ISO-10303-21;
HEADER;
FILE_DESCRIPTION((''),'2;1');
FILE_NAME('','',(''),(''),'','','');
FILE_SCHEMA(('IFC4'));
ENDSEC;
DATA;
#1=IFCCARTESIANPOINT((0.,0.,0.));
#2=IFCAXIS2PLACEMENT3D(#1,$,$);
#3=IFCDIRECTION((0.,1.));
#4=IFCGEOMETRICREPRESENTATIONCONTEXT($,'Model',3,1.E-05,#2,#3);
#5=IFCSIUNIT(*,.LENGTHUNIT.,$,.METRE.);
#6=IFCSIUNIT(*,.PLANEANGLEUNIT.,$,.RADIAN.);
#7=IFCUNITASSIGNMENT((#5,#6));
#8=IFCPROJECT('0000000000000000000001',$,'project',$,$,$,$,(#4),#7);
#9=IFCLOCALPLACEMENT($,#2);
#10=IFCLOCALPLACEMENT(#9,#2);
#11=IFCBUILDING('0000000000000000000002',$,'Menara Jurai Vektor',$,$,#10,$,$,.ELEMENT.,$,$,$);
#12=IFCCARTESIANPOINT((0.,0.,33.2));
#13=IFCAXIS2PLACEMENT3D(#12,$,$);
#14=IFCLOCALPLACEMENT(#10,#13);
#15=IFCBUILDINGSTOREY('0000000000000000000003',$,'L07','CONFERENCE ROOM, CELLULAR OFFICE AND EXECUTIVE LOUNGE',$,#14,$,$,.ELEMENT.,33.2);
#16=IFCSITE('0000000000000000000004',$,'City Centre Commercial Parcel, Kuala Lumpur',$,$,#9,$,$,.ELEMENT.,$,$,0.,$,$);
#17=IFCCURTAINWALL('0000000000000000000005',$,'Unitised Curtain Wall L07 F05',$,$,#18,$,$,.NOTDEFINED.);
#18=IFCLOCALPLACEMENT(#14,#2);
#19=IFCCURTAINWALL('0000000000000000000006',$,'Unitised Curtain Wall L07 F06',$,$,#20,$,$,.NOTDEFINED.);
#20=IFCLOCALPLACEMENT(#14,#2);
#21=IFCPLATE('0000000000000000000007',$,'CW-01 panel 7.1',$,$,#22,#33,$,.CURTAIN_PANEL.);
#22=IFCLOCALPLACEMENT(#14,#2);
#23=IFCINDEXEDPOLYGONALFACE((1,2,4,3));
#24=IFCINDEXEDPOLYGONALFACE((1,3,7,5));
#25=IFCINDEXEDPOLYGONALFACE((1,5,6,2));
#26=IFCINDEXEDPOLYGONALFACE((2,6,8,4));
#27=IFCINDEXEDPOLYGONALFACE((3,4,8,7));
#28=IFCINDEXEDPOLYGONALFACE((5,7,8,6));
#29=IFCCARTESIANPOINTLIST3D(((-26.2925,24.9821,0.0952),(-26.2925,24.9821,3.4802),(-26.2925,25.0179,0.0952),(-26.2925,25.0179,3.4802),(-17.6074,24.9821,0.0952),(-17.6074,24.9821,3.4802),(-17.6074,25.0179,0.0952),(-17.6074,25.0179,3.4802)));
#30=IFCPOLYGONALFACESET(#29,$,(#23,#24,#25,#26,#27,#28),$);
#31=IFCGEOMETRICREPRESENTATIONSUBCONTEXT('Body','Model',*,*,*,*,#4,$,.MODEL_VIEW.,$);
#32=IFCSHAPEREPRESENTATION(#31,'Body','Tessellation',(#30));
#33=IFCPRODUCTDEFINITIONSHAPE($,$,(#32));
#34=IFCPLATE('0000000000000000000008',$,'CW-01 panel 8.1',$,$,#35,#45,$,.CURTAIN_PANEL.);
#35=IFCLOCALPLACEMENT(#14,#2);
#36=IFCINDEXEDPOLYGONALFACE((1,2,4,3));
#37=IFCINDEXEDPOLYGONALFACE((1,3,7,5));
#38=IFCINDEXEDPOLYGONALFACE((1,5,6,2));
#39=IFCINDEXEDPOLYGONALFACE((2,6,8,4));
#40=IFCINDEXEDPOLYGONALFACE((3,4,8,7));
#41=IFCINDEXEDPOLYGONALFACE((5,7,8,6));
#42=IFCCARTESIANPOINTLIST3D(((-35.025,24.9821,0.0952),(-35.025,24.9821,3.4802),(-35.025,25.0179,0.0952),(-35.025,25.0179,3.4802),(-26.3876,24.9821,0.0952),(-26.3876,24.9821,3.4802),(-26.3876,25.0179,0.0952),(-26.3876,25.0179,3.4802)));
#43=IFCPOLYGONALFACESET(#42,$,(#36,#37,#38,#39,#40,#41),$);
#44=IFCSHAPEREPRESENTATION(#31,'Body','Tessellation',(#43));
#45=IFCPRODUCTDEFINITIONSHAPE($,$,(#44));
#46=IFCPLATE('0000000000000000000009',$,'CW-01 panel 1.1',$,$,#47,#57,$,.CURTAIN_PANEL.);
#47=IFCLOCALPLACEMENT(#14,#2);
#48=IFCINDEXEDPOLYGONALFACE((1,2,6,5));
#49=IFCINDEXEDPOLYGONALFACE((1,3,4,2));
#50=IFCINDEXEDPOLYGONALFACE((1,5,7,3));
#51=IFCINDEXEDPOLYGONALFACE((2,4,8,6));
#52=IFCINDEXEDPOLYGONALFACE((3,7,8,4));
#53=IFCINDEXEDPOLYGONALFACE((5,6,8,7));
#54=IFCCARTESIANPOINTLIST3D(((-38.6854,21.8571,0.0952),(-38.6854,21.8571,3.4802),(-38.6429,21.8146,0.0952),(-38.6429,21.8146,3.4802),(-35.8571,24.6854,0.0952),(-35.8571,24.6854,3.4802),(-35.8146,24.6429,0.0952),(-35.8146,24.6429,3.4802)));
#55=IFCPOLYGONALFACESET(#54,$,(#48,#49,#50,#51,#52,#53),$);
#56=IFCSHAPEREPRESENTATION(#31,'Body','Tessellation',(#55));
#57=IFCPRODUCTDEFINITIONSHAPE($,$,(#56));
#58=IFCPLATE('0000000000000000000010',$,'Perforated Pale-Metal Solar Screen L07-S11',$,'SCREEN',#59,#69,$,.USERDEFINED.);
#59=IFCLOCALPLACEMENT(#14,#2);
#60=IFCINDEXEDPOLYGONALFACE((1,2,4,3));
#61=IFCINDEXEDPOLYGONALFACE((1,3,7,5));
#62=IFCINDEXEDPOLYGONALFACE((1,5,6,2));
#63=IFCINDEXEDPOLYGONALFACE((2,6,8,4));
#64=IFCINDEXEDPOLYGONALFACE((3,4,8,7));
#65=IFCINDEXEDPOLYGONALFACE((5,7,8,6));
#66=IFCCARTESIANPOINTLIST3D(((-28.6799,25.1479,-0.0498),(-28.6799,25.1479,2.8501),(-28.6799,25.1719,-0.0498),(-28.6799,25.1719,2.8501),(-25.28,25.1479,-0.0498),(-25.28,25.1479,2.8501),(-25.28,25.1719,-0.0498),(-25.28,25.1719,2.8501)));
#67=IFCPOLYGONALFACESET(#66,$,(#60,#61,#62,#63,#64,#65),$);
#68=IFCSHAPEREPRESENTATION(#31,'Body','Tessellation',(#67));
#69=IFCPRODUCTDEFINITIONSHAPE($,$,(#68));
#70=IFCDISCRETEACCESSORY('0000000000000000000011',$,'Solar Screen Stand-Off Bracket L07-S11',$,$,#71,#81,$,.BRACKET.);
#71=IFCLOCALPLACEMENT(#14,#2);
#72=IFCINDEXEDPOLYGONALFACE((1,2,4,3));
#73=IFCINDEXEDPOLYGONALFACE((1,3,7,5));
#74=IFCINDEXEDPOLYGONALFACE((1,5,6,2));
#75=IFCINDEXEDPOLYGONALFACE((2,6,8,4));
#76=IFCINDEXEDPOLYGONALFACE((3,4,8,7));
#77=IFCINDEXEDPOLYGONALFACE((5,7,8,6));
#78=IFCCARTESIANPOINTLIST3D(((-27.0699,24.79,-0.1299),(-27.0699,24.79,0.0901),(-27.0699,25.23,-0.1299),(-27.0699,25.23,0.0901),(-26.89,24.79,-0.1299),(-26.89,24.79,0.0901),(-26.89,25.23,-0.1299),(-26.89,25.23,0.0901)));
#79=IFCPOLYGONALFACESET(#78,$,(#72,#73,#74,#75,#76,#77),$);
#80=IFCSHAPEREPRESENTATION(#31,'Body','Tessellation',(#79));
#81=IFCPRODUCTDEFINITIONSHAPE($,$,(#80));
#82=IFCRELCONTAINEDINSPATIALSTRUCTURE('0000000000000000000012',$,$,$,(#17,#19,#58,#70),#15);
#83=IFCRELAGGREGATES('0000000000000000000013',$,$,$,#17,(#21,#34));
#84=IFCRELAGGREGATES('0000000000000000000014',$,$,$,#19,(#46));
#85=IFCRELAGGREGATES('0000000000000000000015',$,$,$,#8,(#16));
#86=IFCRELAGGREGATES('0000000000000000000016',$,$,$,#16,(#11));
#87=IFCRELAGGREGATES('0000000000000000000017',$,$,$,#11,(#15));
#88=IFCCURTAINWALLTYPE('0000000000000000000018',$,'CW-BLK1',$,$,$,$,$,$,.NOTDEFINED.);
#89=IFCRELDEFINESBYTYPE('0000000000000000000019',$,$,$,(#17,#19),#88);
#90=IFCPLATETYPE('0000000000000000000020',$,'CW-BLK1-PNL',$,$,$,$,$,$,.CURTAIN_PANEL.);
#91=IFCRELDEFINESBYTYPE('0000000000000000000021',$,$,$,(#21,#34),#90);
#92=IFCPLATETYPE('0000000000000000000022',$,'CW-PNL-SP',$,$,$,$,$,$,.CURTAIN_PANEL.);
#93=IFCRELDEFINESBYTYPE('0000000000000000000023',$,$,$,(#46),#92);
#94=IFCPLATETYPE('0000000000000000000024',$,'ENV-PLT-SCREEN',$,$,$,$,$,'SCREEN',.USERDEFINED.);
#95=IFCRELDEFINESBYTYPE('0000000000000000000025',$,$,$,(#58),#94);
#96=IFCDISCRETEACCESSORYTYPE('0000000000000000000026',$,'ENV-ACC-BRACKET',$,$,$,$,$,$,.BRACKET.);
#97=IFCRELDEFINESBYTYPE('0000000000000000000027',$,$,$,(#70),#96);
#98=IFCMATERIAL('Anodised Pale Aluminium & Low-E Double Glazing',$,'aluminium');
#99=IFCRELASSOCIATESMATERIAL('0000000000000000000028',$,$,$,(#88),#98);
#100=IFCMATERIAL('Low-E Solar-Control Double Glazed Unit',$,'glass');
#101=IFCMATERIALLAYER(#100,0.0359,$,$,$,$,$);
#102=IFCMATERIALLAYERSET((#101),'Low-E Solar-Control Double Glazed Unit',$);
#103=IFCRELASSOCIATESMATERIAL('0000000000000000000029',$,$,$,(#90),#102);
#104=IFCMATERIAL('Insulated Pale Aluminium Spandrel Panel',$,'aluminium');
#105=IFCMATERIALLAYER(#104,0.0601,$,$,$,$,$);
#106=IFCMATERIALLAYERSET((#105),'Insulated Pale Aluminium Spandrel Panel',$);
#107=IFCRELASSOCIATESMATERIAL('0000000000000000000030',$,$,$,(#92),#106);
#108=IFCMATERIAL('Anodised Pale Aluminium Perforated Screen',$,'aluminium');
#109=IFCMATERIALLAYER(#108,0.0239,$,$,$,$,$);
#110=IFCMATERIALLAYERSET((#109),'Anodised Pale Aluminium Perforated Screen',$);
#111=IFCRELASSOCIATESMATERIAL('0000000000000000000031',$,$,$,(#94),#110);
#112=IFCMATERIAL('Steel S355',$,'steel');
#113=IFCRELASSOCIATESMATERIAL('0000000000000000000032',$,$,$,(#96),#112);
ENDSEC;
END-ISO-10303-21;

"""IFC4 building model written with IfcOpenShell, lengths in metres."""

from ifc_helpers import new_model, si_unit, direction, frame, origin, origin_2d, place, context, subcontext, project, spatial, rectangle, extrude, material, layer, layer_set, type_object, element, aggregate, save


model = new_model("IFC4")

# Units and contexts
model_context = context("Model", 3, precision=1e-05, world=origin(), true_north=direction((0.0, 1.0)))
body_context = subcontext(model_context, "Body", "Model", "MODEL_VIEW")
ifc_project = project(units=[si_unit("LENGTHUNIT", "METRE"), si_unit("PLANEANGLEUNIT", "RADIAN")], contexts=[model_context])

# Site, building, storey
site_placement = place(None, origin())
site = spatial("IfcSite", under=ifc_project, at=site_placement, Name="City Centre Commercial Parcel, Kuala Lumpur", CompositionType="ELEMENT", RefElevation=0.0)
building_placement = place(site_placement, origin())
building = spatial("IfcBuilding", under=site, at=building_placement, Name="Menara Jurai Vektor", CompositionType="ELEMENT")
storey_placement = place(building_placement, frame((0.0, 0.0, 33.2)))
storey = spatial("IfcBuildingStorey", under=building, at=storey_placement, Name="L07", Description="CONFERENCE ROOM, CELLULAR OFFICE AND EXECUTIVE LOUNGE", CompositionType="ELEMENT", Elevation=33.2)

# Curtain walls
ifc_material_1 = material(Name="Anodised Pale Aluminium & Low-E Double Glazing", Category="aluminium")
curtain_wall_type = type_object("IfcCurtainWallType", Name="CW-BLK1", PredefinedType="NOTDEFINED", material=ifc_material_1)
curtain_wall_1_placement = place(storey_placement, origin())
curtain_wall_1 = element("IfcCurtainWall", 1, at=curtain_wall_1_placement, inside=storey, type_object=curtain_wall_type, Name="Unitised Curtain Wall L07 F05", PredefinedType="NOTDEFINED")
curtain_wall_2_placement = place(storey_placement, origin())
curtain_wall_2 = element("IfcCurtainWall", 2, at=curtain_wall_2_placement, inside=storey, type_object=curtain_wall_type, Name="Unitised Curtain Wall L07 F06", PredefinedType="NOTDEFINED")

# Shared definitions
ifc_material_2 = material(Name="Steel S355", Category="steel")

# Plates
ifc_material_3 = material(Name="Low-E Solar-Control Double Glazed Unit", Category="glass")
ifc_layer_1 = layer(ifc_material_3, 0.0359)
ifc_layer_set_1 = layer_set([ifc_layer_1], Name="Low-E Solar-Control Double Glazed Unit")
plate_type_1 = type_object("IfcPlateType", Name="CW-BLK1-PNL", PredefinedType="CURTAIN_PANEL", material=ifc_layer_set_1)
plate_1_placement = place(storey_placement, frame((-21.95, 25.0, 0.0952), z_axis=(0.0, 0.0, 1.0), x_axis=(-1.0, 0.0, 0.0)))
plate_1 = element("IfcPlate", 3, at=plate_1_placement, type_object=plate_type_1, Name="CW-01 panel 7.1", PredefinedType="CURTAIN_PANEL", context=body_context, shape_type="SweptSolid", body=[
    extrude(rectangle(XDim=8.6851, YDim=0.0359, at=origin_2d()), origin(), (0.0, 0.0, 1.0), 3.385),
])
plate_2_placement = place(storey_placement, frame((-30.7063, 25.0, 0.0952), z_axis=(0.0, 0.0, 1.0), x_axis=(-1.0, 0.0, 0.0)))
plate_2 = element("IfcPlate", 4, at=plate_2_placement, type_object=plate_type_1, Name="CW-01 panel 8.1", PredefinedType="CURTAIN_PANEL", context=body_context, shape_type="SweptSolid", body=[
    extrude(rectangle(XDim=8.6375, YDim=0.0359, at=origin_2d()), origin(), (0.0, 0.0, 1.0), 3.385),
])
aggregate(curtain_wall_1, [plate_1, plate_2])
ifc_material_4 = material(Name="Insulated Pale Aluminium Spandrel Panel", Category="aluminium")
ifc_layer_2 = layer(ifc_material_4, 0.0601)
ifc_layer_set_2 = layer_set([ifc_layer_2], Name="Insulated Pale Aluminium Spandrel Panel")
plate_type_2 = type_object("IfcPlateType", Name="CW-PNL-SP", PredefinedType="CURTAIN_PANEL", material=ifc_layer_set_2)
plate_3_placement = place(storey_placement, frame((-37.25, 23.25, 0.0952), z_axis=(0.0, 0.0, 1.0), x_axis=(-0.707107, -0.707107, 0.0)))
plate_3 = element("IfcPlate", 5, at=plate_3_placement, type_object=plate_type_2, Name="CW-01 panel 1.1", PredefinedType="CURTAIN_PANEL", context=body_context, shape_type="SweptSolid", body=[
    extrude(rectangle(XDim=3.9998, YDim=0.0601, at=origin_2d()), origin(), (0.0, 0.0, 1.0), 3.385),
])
aggregate(curtain_wall_2, [plate_3])
ifc_material_5 = material(Name="Anodised Pale Aluminium Perforated Screen", Category="aluminium")
ifc_layer_3 = layer(ifc_material_5, 0.0239)
ifc_layer_set_3 = layer_set([ifc_layer_3], Name="Anodised Pale Aluminium Perforated Screen")
plate_type_3 = type_object("IfcPlateType", Name="ENV-PLT-SCREEN", ElementType="SCREEN", PredefinedType="USERDEFINED", material=ifc_layer_set_3)
plate_4_placement = place(storey_placement, frame((-26.98, 25.1599, -0.0498), z_axis=(0.0, 0.0, 1.0), x_axis=(-1.0, 0.0, 0.0)))
element("IfcPlate", 6, at=plate_4_placement, inside=storey, type_object=plate_type_3, Name="Perforated Pale-Metal Solar Screen L07-S11", ObjectType="SCREEN", PredefinedType="USERDEFINED", context=body_context, shape_type="SweptSolid", body=[
    extrude(rectangle(XDim=3.3999, YDim=0.0239, at=origin_2d()), origin(), (0.0, 0.0, 1.0), 2.8999),
])

# Discrete accessory
discrete_accessory_type = type_object("IfcDiscreteAccessoryType", Name="ENV-ACC-BRACKET", PredefinedType="BRACKET", material=ifc_material_2)
discrete_accessory_placement = place(storey_placement, frame((-26.98, 25.01, -0.1299), z_axis=(0.0, 0.0, 1.0), x_axis=(-1.0, 0.0, 0.0)))
element("IfcDiscreteAccessory", 7, at=discrete_accessory_placement, inside=storey, type_object=discrete_accessory_type, Name="Solar Screen Stand-Off Bracket L07-S11", PredefinedType="BRACKET", context=body_context, shape_type="SweptSolid", body=[
    extrude(rectangle(XDim=0.1799, YDim=0.4399, at=origin_2d()), origin(), (0.0, 0.0, 1.0), 0.22),
])

save(model, "model.ifc")
